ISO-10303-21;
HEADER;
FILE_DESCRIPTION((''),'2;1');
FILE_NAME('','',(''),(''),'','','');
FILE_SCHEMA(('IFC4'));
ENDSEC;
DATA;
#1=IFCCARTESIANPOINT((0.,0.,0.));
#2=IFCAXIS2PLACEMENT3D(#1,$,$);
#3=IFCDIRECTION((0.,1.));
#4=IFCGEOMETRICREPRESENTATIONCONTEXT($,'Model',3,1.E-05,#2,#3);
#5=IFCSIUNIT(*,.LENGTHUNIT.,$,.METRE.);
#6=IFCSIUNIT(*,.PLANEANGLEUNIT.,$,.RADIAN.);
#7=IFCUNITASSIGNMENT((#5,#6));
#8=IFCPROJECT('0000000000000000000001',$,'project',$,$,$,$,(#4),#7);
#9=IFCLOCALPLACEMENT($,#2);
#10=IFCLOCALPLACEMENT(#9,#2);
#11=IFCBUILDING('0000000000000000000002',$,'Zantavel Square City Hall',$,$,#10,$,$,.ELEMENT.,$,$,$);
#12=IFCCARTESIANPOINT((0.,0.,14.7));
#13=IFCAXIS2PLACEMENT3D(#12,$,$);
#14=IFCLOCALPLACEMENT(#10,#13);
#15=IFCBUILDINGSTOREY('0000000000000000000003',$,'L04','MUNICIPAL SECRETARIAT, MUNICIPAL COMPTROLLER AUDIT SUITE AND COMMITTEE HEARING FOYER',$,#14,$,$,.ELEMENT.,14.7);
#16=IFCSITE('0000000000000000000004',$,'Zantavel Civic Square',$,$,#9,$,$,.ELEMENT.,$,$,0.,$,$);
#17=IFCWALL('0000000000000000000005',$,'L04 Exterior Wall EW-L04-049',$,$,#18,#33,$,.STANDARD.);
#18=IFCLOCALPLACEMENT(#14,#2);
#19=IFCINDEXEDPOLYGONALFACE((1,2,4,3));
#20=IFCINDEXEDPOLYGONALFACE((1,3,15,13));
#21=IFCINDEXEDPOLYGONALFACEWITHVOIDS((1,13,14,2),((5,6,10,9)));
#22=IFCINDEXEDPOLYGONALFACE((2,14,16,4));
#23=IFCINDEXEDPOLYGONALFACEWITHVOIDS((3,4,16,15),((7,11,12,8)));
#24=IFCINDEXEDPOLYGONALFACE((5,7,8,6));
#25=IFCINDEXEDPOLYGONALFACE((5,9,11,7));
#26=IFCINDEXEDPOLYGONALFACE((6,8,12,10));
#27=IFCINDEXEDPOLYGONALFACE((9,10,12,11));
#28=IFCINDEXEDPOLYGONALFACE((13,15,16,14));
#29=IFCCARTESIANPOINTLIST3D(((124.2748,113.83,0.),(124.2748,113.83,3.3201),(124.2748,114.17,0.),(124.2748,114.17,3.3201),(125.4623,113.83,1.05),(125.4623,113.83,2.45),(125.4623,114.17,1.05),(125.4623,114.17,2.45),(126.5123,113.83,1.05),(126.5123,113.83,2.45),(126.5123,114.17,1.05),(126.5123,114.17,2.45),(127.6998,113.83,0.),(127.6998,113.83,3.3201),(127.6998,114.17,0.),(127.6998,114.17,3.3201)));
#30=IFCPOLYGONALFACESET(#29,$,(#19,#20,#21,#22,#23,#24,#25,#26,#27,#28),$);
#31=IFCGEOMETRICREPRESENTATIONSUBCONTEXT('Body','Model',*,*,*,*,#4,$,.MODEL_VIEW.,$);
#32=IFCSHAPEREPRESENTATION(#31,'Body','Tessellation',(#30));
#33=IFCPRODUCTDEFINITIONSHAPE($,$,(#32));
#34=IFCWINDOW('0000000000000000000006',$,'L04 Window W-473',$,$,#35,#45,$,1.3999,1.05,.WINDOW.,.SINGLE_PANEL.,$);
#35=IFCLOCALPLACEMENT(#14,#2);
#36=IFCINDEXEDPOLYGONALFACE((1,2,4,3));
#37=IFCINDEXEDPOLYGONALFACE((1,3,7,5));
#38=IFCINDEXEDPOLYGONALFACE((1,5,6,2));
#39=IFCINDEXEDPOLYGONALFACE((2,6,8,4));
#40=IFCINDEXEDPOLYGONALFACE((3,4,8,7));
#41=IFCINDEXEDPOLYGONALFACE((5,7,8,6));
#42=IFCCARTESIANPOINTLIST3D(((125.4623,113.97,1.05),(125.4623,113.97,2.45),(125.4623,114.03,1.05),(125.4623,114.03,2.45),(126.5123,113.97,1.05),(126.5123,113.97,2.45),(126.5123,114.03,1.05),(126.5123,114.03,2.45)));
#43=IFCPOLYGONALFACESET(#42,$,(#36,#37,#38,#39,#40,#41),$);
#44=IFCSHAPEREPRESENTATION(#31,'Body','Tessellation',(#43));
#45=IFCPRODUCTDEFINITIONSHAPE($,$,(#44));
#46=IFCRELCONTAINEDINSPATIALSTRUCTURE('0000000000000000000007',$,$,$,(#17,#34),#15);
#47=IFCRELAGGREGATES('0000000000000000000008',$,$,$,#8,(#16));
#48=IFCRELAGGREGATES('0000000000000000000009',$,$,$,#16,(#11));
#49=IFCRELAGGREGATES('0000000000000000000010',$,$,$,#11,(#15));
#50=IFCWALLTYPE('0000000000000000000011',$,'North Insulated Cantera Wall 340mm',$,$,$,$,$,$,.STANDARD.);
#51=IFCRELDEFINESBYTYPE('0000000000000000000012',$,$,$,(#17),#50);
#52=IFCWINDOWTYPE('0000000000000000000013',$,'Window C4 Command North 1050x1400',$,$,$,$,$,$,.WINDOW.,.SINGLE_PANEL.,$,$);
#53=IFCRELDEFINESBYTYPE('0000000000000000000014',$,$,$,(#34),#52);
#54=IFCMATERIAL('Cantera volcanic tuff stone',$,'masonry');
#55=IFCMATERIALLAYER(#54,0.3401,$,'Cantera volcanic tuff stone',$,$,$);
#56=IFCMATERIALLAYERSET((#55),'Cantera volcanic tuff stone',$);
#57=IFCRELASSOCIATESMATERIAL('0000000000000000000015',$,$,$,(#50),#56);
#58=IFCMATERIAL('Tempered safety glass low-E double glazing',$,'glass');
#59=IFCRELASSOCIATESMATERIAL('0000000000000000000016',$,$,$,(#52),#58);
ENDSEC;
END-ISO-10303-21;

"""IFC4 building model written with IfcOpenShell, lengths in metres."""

from ifc_helpers import new_model, si_unit, direction, frame, frame_2d, origin, place, context, subcontext, project, spatial, rectangle, extrude, material, layer, layer_set, type_object, element, fill, save


model = new_model("IFC4")

# Units and contexts
model_context = context("Model", 3, precision=1e-05, world=origin(), true_north=direction((0.0, 1.0)))
body_context = subcontext(model_context, "Body", "Model", "MODEL_VIEW")
ifc_project = project(units=[si_unit("LENGTHUNIT", "METRE"), si_unit("PLANEANGLEUNIT", "RADIAN")], contexts=[model_context])

# Site, building, storey
site_placement = place(None, origin())
site = spatial("IfcSite", under=ifc_project, at=site_placement, Name="Zantavel Civic Square", CompositionType="ELEMENT", RefElevation=0.0)
building_placement = place(site_placement, origin())
building = spatial("IfcBuilding", under=site, at=building_placement, Name="Zantavel Square City Hall", CompositionType="ELEMENT")
storey_placement = place(building_placement, frame((0.0, 0.0, 14.7)))
storey = spatial("IfcBuildingStorey", under=building, at=storey_placement, Name="L04", Description="MUNICIPAL SECRETARIAT, MUNICIPAL COMPTROLLER AUDIT SUITE AND COMMITTEE HEARING FOYER", CompositionType="ELEMENT", Elevation=14.7)

# Shared definitions
ifc_material_1 = material(Name="Cantera volcanic tuff stone", Category="masonry")
ifc_material_2 = material(Name="Tempered safety glass low-E double glazing", Category="glass")

# Wall, opening, window
ifc_layer_1 = layer(ifc_material_1, 0.3401, Name="Cantera volcanic tuff stone")
ifc_layer_set_1 = layer_set([ifc_layer_1], Name="Cantera volcanic tuff stone")
wall_type_1 = type_object("IfcWallType", Name="North Insulated Cantera Wall 340mm", PredefinedType="STANDARD", material=ifc_layer_set_1)
window_type_1 = type_object("IfcWindowType", Name="Window C4 Command North 1050x1400", PartitioningType="SINGLE_PANEL", PredefinedType="WINDOW", material=ifc_material_2)
wall_1_placement = place(storey_placement, frame((124.2749, 114.0, 0.0), z_axis=(0.0, 0.0, 1.0), x_axis=(1.0, 0.0, 0.0)))
wall_1 = element("IfcWall", 1, at=wall_1_placement, inside=storey, type_object=wall_type_1, Name="L04 Exterior Wall EW-L04-049", PredefinedType="STANDARD", context=body_context, shape_type="SweptSolid", body=[
    extrude(rectangle(XDim=3.425, YDim=0.3401, at=frame_2d((1.7124, 0.0))), origin(), (0.0, 0.0, 1.0), 3.3201),
])
opening_1_placement = place(wall_1_placement, frame((1.1875, 0.0, 1.05)))
opening_1 = element("IfcOpeningElement", 2, at=opening_1_placement, cuts=wall_1, PredefinedType="OPENING", context=body_context, shape_type="SweptSolid", body=[
    extrude(rectangle(XDim=1.05, YDim=1.3999, at=frame_2d((0.5249, 0.7))), frame((0.0, 0.1799, 0.0), z_axis=(0.0, -1.0, 0.0), x_axis=(1.0, 0.0, 0.0)), (0.0, 0.0, 1.0), 0.3601),
])
window_1_placement = place(opening_1_placement, origin())
window_1 = element("IfcWindow", 3, at=window_1_placement, inside=storey, type_object=window_type_1, Name="L04 Window W-473", OverallHeight=1.3999, OverallWidth=1.05, PartitioningType="SINGLE_PANEL", PredefinedType="WINDOW", context=body_context, shape_type="SweptSolid", body=[
    extrude(rectangle(XDim=1.05, YDim=1.3999, at=frame_2d((0.5249, 0.7))), frame((0.0, 0.03, 0.0), z_axis=(0.0, -1.0, 0.0), x_axis=(1.0, 0.0, 0.0)), (0.0, 0.0, 1.0), 0.0601),
])
fill(opening_1, window_1)

save(model, "model.ifc")
